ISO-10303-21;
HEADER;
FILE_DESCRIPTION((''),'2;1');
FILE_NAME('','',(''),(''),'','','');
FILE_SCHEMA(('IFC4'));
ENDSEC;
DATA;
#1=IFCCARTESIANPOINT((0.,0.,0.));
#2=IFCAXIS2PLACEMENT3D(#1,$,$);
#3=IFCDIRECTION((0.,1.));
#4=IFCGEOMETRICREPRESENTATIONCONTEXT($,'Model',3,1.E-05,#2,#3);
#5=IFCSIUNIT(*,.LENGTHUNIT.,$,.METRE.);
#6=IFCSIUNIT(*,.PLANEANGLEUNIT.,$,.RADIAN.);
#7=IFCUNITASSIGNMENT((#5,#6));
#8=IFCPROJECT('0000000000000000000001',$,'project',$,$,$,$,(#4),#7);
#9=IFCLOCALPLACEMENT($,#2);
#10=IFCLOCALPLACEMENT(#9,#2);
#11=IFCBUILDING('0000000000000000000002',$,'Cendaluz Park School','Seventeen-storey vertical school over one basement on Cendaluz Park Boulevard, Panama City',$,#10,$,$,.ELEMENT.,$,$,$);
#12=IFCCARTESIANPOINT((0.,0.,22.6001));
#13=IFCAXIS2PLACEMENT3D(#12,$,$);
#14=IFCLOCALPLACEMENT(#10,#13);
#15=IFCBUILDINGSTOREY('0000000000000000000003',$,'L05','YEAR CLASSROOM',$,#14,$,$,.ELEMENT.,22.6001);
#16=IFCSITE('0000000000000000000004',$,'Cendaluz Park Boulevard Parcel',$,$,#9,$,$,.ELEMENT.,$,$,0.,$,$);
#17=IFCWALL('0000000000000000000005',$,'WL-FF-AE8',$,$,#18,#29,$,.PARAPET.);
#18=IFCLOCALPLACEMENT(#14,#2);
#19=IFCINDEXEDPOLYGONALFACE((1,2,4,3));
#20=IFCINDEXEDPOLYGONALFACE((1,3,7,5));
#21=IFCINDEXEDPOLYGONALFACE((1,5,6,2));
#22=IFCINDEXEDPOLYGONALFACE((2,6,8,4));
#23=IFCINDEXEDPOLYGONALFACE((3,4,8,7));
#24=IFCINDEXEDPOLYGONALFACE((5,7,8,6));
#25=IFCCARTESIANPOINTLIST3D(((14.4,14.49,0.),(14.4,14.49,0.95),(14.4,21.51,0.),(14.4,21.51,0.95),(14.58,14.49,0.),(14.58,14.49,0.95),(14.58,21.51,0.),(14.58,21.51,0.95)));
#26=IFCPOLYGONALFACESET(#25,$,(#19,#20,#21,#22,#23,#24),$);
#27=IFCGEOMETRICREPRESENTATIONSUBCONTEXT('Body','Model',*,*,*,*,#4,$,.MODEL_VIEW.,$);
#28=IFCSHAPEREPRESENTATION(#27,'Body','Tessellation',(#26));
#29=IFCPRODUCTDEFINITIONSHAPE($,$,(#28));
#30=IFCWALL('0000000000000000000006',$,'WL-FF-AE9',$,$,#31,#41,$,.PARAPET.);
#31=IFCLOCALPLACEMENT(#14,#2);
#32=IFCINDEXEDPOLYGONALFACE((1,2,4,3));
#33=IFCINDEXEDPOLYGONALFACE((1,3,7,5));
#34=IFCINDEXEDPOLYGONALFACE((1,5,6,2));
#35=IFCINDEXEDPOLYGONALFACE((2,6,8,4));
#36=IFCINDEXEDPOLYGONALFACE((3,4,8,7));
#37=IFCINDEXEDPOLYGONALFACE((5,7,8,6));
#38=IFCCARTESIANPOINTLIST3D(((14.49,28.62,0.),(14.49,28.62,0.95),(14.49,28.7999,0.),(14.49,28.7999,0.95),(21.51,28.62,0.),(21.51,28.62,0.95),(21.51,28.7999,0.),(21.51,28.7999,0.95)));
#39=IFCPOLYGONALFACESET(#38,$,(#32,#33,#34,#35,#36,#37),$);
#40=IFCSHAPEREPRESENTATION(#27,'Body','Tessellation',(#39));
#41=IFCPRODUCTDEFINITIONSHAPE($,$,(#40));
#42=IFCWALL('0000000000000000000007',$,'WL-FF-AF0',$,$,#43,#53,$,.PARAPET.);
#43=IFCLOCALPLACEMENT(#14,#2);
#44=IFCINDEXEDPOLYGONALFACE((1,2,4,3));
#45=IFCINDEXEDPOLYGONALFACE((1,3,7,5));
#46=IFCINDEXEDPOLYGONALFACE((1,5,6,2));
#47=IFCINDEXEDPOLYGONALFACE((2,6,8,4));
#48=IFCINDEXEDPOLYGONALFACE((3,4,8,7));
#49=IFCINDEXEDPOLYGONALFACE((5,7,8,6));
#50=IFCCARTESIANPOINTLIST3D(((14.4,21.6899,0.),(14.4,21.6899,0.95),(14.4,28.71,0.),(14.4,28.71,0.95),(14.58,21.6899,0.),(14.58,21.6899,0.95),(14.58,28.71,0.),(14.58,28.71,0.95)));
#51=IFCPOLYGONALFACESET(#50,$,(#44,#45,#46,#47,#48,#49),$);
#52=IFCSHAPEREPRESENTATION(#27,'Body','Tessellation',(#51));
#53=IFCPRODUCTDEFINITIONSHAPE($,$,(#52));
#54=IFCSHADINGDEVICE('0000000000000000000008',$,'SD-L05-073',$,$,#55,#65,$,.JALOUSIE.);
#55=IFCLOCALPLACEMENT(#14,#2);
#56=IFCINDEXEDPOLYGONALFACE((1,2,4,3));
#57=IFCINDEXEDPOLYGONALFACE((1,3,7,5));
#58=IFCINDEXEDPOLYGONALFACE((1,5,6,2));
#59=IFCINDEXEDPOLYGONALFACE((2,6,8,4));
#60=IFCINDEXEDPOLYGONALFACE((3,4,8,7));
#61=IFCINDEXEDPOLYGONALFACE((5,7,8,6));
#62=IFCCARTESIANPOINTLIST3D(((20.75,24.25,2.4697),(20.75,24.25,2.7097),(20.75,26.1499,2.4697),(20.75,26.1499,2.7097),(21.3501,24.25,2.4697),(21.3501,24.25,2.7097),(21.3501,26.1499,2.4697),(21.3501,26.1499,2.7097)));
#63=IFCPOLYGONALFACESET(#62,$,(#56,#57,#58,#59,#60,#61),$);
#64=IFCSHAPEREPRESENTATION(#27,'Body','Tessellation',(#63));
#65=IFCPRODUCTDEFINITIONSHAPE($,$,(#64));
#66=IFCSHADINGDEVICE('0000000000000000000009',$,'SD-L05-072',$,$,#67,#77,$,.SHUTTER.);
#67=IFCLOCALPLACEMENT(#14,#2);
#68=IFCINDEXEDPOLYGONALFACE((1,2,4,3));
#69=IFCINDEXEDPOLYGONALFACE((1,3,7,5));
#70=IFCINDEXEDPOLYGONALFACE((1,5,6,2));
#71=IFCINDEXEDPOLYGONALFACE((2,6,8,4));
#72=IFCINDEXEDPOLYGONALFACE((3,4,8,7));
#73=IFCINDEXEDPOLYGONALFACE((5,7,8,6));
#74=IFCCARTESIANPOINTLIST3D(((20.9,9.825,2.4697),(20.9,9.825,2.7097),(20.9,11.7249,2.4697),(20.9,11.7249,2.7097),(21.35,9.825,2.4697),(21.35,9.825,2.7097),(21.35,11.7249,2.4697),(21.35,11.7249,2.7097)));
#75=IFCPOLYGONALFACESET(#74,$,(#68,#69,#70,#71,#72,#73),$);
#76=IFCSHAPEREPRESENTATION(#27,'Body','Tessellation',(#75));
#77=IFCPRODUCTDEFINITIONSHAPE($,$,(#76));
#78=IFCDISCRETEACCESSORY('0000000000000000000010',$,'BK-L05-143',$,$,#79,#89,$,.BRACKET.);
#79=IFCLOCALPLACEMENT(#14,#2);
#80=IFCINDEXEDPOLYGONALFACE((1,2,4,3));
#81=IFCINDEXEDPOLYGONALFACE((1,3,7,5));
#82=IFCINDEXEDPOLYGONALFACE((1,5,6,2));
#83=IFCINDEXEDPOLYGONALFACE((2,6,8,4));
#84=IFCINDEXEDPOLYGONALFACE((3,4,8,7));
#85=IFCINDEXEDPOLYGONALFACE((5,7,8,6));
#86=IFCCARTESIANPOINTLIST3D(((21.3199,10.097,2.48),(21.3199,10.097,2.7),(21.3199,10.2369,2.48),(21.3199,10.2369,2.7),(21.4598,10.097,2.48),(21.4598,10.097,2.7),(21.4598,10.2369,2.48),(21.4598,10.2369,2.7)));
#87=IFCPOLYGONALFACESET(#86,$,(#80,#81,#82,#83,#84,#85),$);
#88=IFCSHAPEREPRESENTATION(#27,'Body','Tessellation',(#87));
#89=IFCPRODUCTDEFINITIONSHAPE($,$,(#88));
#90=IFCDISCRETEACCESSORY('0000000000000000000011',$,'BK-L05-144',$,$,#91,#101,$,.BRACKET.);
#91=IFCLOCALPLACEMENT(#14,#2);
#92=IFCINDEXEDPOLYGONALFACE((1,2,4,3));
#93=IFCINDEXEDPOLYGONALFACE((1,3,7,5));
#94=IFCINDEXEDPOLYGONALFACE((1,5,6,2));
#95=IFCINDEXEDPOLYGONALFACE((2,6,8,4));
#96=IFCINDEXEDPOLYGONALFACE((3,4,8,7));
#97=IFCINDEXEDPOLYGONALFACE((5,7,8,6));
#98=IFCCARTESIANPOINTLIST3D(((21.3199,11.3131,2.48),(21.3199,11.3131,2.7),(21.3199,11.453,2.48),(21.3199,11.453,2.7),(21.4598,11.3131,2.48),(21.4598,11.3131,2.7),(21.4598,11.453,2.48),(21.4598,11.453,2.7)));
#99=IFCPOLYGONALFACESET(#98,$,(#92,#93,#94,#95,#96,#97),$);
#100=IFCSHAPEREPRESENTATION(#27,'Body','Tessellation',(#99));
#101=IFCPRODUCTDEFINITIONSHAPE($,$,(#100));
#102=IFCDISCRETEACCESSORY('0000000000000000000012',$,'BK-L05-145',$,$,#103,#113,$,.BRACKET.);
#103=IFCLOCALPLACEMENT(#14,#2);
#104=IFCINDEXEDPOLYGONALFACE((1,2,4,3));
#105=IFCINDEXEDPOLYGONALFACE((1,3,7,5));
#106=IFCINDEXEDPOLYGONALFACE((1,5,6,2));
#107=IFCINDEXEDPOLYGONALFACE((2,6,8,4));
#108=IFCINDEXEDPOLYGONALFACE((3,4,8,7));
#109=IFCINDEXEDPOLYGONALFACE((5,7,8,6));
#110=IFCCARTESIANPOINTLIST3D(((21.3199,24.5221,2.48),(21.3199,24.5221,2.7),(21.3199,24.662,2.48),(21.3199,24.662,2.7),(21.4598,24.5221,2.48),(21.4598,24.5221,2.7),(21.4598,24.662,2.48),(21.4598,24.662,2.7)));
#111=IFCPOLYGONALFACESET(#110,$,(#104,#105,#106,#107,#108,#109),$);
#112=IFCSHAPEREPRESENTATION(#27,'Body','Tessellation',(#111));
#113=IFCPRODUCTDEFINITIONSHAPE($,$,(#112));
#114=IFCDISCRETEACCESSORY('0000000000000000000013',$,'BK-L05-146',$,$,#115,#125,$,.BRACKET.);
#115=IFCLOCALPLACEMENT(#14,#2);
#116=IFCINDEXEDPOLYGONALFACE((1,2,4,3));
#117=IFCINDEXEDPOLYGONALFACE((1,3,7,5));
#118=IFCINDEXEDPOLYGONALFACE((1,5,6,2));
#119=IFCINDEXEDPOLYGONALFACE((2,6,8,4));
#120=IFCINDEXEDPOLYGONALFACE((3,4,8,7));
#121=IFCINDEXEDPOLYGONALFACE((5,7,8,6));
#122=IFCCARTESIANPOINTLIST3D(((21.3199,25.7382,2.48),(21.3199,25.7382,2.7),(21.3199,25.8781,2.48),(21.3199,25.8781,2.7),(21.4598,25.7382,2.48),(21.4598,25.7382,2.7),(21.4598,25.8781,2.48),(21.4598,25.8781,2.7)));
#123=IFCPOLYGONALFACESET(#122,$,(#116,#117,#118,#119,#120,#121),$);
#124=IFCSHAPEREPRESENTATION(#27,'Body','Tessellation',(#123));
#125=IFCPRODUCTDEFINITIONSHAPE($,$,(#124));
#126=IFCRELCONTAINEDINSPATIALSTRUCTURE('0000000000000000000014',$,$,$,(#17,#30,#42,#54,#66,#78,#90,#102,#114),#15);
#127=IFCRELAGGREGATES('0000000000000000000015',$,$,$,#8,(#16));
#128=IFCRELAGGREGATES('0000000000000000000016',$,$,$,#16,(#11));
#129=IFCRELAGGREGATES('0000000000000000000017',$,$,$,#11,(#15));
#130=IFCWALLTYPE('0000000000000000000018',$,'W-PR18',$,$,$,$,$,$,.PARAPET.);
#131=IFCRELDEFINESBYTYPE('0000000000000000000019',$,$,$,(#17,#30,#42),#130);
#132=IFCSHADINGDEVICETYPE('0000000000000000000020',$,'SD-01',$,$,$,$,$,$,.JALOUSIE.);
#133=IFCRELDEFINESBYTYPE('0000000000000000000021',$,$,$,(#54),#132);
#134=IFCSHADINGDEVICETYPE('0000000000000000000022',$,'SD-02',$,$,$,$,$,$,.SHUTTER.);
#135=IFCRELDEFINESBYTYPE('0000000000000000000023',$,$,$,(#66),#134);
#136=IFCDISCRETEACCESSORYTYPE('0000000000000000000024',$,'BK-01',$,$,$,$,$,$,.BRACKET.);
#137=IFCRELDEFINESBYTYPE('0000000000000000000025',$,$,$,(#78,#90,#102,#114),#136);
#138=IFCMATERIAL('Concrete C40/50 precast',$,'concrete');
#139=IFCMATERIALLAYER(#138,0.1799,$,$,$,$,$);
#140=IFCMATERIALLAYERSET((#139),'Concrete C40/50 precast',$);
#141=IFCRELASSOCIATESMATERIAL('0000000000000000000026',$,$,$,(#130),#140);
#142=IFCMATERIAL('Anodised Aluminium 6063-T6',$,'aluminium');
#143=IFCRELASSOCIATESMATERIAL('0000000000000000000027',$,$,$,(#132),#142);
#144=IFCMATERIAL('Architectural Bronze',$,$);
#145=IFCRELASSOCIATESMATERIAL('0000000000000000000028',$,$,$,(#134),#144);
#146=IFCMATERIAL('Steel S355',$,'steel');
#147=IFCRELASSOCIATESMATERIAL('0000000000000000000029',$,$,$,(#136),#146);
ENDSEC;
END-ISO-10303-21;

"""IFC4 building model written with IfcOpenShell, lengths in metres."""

from ifc_helpers import new_model, si_unit, direction, frame, frame_2d, origin, origin_2d, place, context, subcontext, project, spatial, rectangle, extrude, material, layer, layer_set, type_object, element, save


model = new_model("IFC4")

# Units and contexts
model_context = context("Model", 3, precision=1e-05, world=origin(), true_north=direction((0.0, 1.0)))
body_context = subcontext(model_context, "Body", "Model", "MODEL_VIEW")
ifc_project = project(units=[si_unit("LENGTHUNIT", "METRE"), si_unit("PLANEANGLEUNIT", "RADIAN")], contexts=[model_context])

# Site, building, storey
site_placement = place(None, origin())
site = spatial("IfcSite", under=ifc_project, at=site_placement, Name="Cendaluz Park Boulevard Parcel", CompositionType="ELEMENT", RefElevation=0.0)
building_placement = place(site_placement, origin())
building = spatial("IfcBuilding", under=site, at=building_placement, Name="Cendaluz Park School", Description="Seventeen-storey vertical school over one basement on Cendaluz Park Boulevard, Panama City", CompositionType="ELEMENT")
storey_placement = place(building_placement, frame((0.0, 0.0, 22.6001)))
storey = spatial("IfcBuildingStorey", under=building, at=storey_placement, Name="L05", Description="YEAR CLASSROOM", CompositionType="ELEMENT", Elevation=22.6001)

# Shared definitions
ifc_material_1 = material(Name="Concrete C40/50 precast", Category="concrete")

# Walls
ifc_layer_1 = layer(ifc_material_1, 0.1799)
ifc_layer_set_1 = layer_set([ifc_layer_1], Name="Concrete C40/50 precast")
wall_type_1 = type_object("IfcWallType", Name="W-PR18", PredefinedType="PARAPET", material=ifc_layer_set_1)
for number, where, z_axis, x_axis, name in (
    (1, (14.49, 14.49, 0.0), (0.0, 0.0, 1.0), (0.0, 1.0, 0.0), "WL-FF-AE8"),
    (2, (14.49, 28.71, 0.0), (0.0, 0.0, 1.0), (1.0, 0.0, 0.0), "WL-FF-AE9"),
    (3, (14.49, 21.6899, 0.0), (0.0, 0.0, 1.0), (0.0, 1.0, 0.0), "WL-FF-AF0"),
):
    element("IfcWall", number, at=place(storey_placement, frame(where, z_axis=z_axis, x_axis=x_axis)), inside=storey, type_object=wall_type_1, Name=name, PredefinedType="PARAPET", context=body_context, shape_type="SweptSolid", body=[
        extrude(rectangle(XDim=7.02, YDim=0.1799, at=frame_2d((3.51, 0.0))), origin(), (0.0, 0.0, 1.0), 0.95),
    ])

# Shading devices
ifc_material_2 = material(Name="Anodised Aluminium 6063-T6", Category="aluminium")
shading_device_type_1 = type_object("IfcShadingDeviceType", Name="SD-01", PredefinedType="JALOUSIE", material=ifc_material_2)
shading_device_1_placement = place(storey_placement, frame((21.05, 25.2, 2.4697), z_axis=(0.0, 0.0, 1.0), x_axis=(0.0, 1.0, 0.0)))
element("IfcShadingDevice", 4, at=shading_device_1_placement, inside=storey, type_object=shading_device_type_1, Name="SD-L05-073", PredefinedType="JALOUSIE", context=body_context, shape_type="SweptSolid", body=[
    extrude(rectangle(XDim=1.8999, YDim=0.6001, at=origin_2d()), origin(), (0.0, 0.0, 1.0), 0.24),
])
ifc_material_3 = material(Name="Architectural Bronze")
shading_device_type_2 = type_object("IfcShadingDeviceType", Name="SD-02", PredefinedType="SHUTTER", material=ifc_material_3)
shading_device_2_placement = place(storey_placement, frame((21.125, 10.7749, 2.4697), z_axis=(0.0, 0.0, 1.0), x_axis=(0.0, 1.0, 0.0)))
element("IfcShadingDevice", 5, at=shading_device_2_placement, inside=storey, type_object=shading_device_type_2, Name="SD-L05-072", PredefinedType="SHUTTER", context=body_context, shape_type="SweptSolid", body=[
    extrude(rectangle(XDim=1.8999, YDim=0.45, at=origin_2d()), origin(), (0.0, 0.0, 1.0), 0.24),
])

# Discrete accessories
ifc_material_4 = material(Name="Steel S355", Category="steel")
discrete_accessory_type = type_object("IfcDiscreteAccessoryType", Name="BK-01", PredefinedType="BRACKET", material=ifc_material_4)
for number, where, z_axis, x_axis, name in (
    (6, (21.3899, 10.167, 2.48), (0.0, 0.0, 1.0), (0.0, 1.0, 0.0), "BK-L05-143"),
    (7, (21.3899, 11.3831, 2.48), (0.0, 0.0, 1.0), (0.0, 1.0, 0.0), "BK-L05-144"),
    (8, (21.3899, 24.592, 2.48), (0.0, 0.0, 1.0), (0.0, 1.0, 0.0), "BK-L05-145"),
    (9, (21.3899, 25.8081, 2.48), (0.0, 0.0, 1.0), (0.0, 1.0, 0.0), "BK-L05-146"),
):
    element("IfcDiscreteAccessory", number, at=place(storey_placement, frame(where, z_axis=z_axis, x_axis=x_axis)), inside=storey, type_object=discrete_accessory_type, Name=name, PredefinedType="BRACKET", context=body_context, shape_type="SweptSolid", body=[
        extrude(rectangle(XDim=0.1399, YDim=0.1399, at=origin_2d()), origin(), (0.0, 0.0, 1.0), 0.22),
    ])

save(model, "model.ifc")
